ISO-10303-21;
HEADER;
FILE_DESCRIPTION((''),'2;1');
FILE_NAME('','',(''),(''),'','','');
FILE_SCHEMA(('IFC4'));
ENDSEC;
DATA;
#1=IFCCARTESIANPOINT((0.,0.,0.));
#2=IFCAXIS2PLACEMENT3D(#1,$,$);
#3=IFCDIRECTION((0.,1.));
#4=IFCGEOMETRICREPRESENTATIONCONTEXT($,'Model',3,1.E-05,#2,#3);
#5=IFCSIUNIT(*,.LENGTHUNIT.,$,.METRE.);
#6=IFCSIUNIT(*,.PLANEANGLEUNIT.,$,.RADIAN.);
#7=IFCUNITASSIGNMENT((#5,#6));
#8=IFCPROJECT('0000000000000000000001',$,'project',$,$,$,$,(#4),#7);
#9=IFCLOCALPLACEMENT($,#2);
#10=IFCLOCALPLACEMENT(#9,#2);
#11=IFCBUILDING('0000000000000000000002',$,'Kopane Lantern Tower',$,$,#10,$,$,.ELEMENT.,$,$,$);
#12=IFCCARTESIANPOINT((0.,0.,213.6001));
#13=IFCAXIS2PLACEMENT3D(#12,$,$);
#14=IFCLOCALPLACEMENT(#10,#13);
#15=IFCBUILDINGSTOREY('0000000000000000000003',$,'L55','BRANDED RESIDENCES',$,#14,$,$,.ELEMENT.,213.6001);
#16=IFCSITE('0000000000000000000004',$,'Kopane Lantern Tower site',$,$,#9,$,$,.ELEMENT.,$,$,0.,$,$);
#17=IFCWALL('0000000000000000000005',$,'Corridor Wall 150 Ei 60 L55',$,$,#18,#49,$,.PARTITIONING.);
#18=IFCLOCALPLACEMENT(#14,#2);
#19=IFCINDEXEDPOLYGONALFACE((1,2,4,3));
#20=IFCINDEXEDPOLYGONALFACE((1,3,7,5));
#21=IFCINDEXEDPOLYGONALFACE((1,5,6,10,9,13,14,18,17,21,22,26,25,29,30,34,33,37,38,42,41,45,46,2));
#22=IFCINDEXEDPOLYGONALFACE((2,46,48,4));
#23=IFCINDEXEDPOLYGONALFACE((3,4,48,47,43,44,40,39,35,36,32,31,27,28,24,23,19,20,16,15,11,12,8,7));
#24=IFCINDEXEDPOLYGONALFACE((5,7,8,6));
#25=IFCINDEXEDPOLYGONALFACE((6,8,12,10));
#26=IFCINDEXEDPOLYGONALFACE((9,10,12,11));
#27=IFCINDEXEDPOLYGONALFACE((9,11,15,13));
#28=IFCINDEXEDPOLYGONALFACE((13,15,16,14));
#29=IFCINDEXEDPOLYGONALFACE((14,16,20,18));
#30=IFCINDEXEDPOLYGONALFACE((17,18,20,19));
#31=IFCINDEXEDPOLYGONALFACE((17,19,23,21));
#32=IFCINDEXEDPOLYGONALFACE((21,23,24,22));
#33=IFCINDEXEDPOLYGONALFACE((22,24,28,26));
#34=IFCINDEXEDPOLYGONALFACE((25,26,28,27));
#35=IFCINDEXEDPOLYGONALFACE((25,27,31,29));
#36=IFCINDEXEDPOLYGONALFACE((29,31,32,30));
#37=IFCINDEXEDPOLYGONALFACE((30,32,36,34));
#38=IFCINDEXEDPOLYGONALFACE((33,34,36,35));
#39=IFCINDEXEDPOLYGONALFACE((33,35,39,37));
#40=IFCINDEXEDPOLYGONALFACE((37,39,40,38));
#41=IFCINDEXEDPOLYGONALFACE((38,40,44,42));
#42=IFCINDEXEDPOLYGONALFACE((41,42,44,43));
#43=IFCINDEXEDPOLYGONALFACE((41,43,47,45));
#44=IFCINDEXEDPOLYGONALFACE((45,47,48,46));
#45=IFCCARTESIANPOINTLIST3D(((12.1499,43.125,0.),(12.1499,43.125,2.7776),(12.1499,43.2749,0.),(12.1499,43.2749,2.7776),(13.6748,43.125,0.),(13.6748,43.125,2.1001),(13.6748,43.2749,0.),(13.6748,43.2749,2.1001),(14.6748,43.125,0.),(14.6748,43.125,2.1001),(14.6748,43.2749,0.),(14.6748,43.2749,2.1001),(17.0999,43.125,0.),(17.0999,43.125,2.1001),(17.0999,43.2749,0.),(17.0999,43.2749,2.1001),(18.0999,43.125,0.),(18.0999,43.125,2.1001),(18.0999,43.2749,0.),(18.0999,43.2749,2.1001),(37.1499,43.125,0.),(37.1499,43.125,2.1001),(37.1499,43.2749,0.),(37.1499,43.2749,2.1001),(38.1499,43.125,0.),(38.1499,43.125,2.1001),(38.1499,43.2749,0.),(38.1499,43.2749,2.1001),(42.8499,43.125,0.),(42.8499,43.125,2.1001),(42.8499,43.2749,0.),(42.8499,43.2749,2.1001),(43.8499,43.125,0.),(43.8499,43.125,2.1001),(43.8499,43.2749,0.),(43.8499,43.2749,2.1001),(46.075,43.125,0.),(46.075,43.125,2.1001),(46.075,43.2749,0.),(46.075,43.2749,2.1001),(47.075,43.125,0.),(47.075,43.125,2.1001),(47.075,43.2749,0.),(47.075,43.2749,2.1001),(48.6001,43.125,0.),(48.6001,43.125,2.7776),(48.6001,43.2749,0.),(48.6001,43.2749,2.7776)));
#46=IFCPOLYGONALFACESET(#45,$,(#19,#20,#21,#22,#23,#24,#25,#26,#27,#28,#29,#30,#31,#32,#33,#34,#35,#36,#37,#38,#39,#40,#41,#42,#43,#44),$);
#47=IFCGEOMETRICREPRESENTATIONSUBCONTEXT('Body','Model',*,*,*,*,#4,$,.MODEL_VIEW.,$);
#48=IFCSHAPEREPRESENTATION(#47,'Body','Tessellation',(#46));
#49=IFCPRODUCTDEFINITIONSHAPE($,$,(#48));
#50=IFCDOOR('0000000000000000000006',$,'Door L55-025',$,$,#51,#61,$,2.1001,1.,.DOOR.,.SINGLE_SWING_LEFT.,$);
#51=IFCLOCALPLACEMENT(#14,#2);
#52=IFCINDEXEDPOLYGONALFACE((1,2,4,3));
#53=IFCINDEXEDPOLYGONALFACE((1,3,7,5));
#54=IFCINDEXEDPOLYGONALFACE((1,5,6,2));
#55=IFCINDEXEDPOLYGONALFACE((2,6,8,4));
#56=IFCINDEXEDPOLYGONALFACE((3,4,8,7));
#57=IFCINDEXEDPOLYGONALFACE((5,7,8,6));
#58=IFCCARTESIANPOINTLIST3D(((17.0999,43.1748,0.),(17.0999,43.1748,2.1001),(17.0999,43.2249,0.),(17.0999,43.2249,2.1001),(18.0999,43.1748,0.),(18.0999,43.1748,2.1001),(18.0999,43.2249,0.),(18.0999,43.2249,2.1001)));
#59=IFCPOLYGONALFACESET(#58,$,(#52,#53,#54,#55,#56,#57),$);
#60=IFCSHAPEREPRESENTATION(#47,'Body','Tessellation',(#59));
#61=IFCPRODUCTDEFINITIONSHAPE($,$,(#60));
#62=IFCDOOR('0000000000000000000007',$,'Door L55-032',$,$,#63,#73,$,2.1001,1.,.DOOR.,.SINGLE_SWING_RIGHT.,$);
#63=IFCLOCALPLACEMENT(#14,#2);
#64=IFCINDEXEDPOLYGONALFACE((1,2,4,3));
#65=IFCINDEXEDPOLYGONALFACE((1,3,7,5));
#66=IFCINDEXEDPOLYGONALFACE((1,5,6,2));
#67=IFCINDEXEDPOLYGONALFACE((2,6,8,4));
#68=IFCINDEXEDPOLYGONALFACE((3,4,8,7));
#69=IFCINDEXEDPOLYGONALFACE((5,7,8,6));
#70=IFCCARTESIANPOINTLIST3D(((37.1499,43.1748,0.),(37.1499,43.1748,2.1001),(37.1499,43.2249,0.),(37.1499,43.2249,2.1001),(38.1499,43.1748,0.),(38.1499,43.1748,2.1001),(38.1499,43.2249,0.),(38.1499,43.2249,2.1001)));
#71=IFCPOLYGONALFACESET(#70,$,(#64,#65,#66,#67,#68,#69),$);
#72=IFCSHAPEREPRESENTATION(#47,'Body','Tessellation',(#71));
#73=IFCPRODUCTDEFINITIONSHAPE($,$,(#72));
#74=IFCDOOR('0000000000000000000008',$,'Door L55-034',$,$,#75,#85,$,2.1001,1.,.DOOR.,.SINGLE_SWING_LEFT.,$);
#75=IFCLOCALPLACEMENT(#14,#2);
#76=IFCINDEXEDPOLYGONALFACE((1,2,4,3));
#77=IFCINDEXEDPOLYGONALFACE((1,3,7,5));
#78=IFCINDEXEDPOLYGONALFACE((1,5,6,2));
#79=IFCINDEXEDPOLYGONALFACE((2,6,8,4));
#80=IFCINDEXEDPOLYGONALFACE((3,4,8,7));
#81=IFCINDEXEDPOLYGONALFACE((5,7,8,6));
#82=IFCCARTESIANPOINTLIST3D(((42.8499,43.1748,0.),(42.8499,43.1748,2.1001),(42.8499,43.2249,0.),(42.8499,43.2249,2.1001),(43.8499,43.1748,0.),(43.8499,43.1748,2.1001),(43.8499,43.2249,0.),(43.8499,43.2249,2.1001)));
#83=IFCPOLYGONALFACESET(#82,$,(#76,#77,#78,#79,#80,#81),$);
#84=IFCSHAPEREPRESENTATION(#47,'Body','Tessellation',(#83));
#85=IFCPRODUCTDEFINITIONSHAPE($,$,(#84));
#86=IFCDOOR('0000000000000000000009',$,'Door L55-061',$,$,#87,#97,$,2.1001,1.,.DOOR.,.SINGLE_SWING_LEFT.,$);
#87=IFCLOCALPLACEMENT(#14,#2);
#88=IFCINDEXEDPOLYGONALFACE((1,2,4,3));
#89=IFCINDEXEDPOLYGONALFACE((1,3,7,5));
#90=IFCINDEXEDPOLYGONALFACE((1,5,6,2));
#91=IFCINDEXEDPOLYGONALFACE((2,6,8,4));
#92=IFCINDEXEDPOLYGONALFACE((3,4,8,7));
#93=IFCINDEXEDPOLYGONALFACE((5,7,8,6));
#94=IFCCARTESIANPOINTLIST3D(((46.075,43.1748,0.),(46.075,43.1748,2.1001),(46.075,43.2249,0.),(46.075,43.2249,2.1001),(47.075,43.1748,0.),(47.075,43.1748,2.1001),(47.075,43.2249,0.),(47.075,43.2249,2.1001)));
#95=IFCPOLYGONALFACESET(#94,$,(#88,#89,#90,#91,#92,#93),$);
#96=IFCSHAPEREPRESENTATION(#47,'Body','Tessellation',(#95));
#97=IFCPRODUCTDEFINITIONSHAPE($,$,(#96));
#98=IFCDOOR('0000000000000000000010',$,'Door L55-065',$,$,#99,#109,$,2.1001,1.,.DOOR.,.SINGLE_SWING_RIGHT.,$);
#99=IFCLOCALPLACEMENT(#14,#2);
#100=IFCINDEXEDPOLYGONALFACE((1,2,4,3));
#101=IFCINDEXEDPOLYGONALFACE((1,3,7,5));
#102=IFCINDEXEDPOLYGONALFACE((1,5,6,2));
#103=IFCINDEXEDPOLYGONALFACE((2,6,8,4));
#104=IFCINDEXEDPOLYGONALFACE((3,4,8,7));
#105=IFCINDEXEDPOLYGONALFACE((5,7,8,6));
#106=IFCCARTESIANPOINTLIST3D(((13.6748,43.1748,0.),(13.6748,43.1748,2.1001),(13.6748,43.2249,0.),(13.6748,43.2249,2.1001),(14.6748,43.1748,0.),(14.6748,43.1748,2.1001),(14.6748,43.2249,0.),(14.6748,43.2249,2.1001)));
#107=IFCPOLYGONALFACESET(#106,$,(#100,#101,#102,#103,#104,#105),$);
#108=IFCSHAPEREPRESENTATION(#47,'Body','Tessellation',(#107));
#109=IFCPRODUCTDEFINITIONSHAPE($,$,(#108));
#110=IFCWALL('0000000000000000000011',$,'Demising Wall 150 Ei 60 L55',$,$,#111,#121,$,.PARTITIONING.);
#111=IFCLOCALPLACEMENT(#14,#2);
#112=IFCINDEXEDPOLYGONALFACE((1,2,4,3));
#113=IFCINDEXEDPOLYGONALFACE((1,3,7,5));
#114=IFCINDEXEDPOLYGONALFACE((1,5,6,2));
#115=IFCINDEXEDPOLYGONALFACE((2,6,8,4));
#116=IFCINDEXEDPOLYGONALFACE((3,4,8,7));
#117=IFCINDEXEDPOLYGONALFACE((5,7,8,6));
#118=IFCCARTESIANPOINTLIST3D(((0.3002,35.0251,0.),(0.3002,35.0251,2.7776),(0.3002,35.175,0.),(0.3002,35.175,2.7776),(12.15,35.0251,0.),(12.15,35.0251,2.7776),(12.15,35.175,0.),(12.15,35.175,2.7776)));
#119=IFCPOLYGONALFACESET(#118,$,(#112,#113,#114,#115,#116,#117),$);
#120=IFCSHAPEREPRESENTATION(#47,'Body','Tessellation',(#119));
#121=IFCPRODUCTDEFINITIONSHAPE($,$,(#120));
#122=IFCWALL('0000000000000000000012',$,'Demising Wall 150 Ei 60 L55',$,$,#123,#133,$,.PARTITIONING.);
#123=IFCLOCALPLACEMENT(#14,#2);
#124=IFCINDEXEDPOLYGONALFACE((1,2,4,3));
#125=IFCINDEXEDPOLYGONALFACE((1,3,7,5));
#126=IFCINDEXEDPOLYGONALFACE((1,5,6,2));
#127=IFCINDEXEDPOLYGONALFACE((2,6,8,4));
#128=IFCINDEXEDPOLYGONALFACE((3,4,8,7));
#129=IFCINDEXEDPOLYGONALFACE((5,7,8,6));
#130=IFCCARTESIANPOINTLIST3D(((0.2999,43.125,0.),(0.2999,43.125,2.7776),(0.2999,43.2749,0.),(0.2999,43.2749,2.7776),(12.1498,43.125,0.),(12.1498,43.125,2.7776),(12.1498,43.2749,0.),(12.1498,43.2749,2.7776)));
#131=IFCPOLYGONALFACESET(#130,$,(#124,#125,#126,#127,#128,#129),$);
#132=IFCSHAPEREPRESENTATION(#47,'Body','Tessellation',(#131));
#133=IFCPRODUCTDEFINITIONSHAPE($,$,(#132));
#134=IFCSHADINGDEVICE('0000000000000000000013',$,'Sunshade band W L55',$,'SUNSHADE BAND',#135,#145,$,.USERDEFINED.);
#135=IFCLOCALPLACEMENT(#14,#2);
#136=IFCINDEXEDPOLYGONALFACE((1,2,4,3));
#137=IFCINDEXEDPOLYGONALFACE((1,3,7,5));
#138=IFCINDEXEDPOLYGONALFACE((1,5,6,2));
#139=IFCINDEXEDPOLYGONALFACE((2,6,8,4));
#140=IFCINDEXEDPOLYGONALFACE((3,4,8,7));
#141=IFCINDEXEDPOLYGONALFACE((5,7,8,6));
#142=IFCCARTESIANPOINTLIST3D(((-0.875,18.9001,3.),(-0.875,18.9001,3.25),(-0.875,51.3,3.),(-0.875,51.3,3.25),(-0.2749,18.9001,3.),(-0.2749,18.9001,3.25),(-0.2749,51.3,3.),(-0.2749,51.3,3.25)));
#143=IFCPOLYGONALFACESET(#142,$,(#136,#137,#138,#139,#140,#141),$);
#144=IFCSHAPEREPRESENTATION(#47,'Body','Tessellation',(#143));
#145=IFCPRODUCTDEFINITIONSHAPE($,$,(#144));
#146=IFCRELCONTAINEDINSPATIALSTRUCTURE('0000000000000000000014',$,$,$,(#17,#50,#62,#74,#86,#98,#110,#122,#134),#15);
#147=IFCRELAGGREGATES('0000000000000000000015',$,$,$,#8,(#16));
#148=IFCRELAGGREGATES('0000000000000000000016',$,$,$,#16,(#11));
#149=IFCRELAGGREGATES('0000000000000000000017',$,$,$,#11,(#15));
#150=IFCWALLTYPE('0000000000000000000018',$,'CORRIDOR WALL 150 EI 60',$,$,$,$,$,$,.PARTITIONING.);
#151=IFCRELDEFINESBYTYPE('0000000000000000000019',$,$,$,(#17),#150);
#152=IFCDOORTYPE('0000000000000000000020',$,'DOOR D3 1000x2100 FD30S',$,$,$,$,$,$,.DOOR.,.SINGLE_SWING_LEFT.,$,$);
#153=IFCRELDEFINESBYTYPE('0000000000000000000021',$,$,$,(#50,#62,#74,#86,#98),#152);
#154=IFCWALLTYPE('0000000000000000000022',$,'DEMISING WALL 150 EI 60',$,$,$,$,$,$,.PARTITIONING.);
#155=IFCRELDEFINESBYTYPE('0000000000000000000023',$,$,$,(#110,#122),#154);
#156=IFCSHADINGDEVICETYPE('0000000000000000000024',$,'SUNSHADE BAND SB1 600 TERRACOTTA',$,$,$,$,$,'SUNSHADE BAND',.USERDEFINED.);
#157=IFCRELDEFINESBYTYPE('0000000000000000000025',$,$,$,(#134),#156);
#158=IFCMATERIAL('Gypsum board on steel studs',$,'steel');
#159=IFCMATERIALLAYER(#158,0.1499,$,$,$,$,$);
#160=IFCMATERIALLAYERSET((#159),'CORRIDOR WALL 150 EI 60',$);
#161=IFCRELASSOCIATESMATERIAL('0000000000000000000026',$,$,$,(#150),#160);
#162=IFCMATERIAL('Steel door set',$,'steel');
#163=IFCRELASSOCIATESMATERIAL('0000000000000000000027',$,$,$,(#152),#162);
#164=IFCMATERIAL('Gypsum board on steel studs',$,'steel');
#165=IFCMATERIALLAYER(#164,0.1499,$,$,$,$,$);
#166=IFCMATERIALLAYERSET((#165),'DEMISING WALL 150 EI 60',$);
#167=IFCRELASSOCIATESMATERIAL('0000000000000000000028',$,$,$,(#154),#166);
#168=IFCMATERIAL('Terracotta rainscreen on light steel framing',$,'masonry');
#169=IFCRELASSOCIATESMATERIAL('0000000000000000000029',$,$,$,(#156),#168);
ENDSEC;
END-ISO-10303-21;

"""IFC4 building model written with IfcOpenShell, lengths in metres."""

from ifc_helpers import new_model, si_unit, direction, frame, frame_2d, origin, origin_2d, place, context, subcontext, project, spatial, rectangle, extrude, material, layer, layer_set, type_object, element, fill, save


model = new_model("IFC4")

# Units and contexts
model_context = context("Model", 3, precision=1e-05, world=origin(), true_north=direction((0.0, 1.0)))
body_context = subcontext(model_context, "Body", "Model", "MODEL_VIEW")
ifc_project = project(units=[si_unit("LENGTHUNIT", "METRE"), si_unit("PLANEANGLEUNIT", "RADIAN")], contexts=[model_context])

# Site, building, storey
site_placement = place(None, origin())
site = spatial("IfcSite", under=ifc_project, at=site_placement, Name="Kopane Lantern Tower site", CompositionType="ELEMENT", RefElevation=0.0)
building_placement = place(site_placement, origin())
building = spatial("IfcBuilding", under=site, at=building_placement, Name="Kopane Lantern Tower", CompositionType="ELEMENT")
storey_placement = place(building_placement, frame((0.0, 0.0, 213.6001)))
storey = spatial("IfcBuildingStorey", under=building, at=storey_placement, Name="L55", Description="BRANDED RESIDENCES", CompositionType="ELEMENT", Elevation=213.6001)

# Wall, openings, doors
ifc_material_1 = material(Name="Gypsum board on steel studs", Category="steel")
ifc_layer_1 = layer(ifc_material_1, 0.1499)
ifc_layer_set_1 = layer_set([ifc_layer_1], Name="CORRIDOR WALL 150 EI 60")
wall_type_1 = type_object("IfcWallType", Name="CORRIDOR WALL 150 EI 60", PredefinedType="PARTITIONING", material=ifc_layer_set_1)
wall_1_placement = place(storey_placement, frame((12.1499, 43.2, 0.0), z_axis=(0.0, 0.0, 1.0), x_axis=(1.0, 0.0, 0.0)))
wall_1 = element("IfcWall", 1, at=wall_1_placement, inside=storey, type_object=wall_type_1, Name="Corridor Wall 150 Ei 60 L55", PredefinedType="PARTITIONING", context=body_context, shape_type="SweptSolid", body=[
    extrude(rectangle(XDim=36.4502, YDim=0.1499, at=frame_2d((18.2251, 0.0))), origin(), (0.0, 0.0, 1.0), 2.7776),
])
opening_1_placement = place(wall_1_placement, frame((4.95, 0.0, 0.0)))
opening_1 = element("IfcOpeningElement", 2, at=opening_1_placement, cuts=wall_1, PredefinedType="OPENING", context=body_context, shape_type="SweptSolid", body=[
    extrude(rectangle(XDim=1.0, YDim=2.1001, at=frame_2d((0.5, 1.05))), frame((0.0, 0.085, 0.0), z_axis=(0.0, -1.0, 0.0), x_axis=(1.0, 0.0, 0.0)), (0.0, 0.0, 1.0), 0.1699),
])
opening_2_placement = place(wall_1_placement, frame((25.0, 0.0, 0.0)))
opening_2 = element("IfcOpeningElement", 3, at=opening_2_placement, cuts=wall_1, PredefinedType="OPENING", context=body_context, shape_type="SweptSolid", body=[
    extrude(rectangle(XDim=1.0, YDim=2.1001, at=frame_2d((0.5, 1.05))), frame((0.0, 0.085, 0.0), z_axis=(0.0, -1.0, 0.0), x_axis=(1.0, 0.0, 0.0)), (0.0, 0.0, 1.0), 0.1699),
])
opening_3_placement = place(wall_1_placement, frame((30.7, 0.0, 0.0)))
opening_3 = element("IfcOpeningElement", 4, at=opening_3_placement, cuts=wall_1, PredefinedType="OPENING", context=body_context, shape_type="SweptSolid", body=[
    extrude(rectangle(XDim=1.0, YDim=2.1001, at=frame_2d((0.5, 1.05))), frame((0.0, 0.085, 0.0), z_axis=(0.0, -1.0, 0.0), x_axis=(1.0, 0.0, 0.0)), (0.0, 0.0, 1.0), 0.1699),
])
opening_4_placement = place(wall_1_placement, frame((33.925, 0.0, 0.0)))
opening_4 = element("IfcOpeningElement", 5, at=opening_4_placement, cuts=wall_1, PredefinedType="OPENING", context=body_context, shape_type="SweptSolid", body=[
    extrude(rectangle(XDim=1.0, YDim=2.1001, at=frame_2d((0.5, 1.05))), frame((0.0, 0.085, 0.0), z_axis=(0.0, -1.0, 0.0), x_axis=(1.0, 0.0, 0.0)), (0.0, 0.0, 1.0), 0.1699),
])
opening_5_placement = place(wall_1_placement, frame((1.5249, 0.0, 0.0)))
opening_5 = element("IfcOpeningElement", 6, at=opening_5_placement, cuts=wall_1, PredefinedType="OPENING", context=body_context, shape_type="SweptSolid", body=[
    extrude(rectangle(XDim=1.0, YDim=2.1001, at=frame_2d((0.5, 1.05))), frame((0.0, 0.085, 0.0), z_axis=(0.0, -1.0, 0.0), x_axis=(1.0, 0.0, 0.0)), (0.0, 0.0, 1.0), 0.1699),
])
ifc_material_2 = material(Name="Steel door set", Category="steel")
door_type_1 = type_object("IfcDoorType", Name="DOOR D3 1000x2100 FD30S", OperationType="SINGLE_SWING_LEFT", PredefinedType="DOOR", material=ifc_material_2)
door_1_placement = place(opening_1_placement, origin())
door_1 = element("IfcDoor", 7, at=door_1_placement, inside=storey, type_object=door_type_1, Name="Door L55-025", OperationType="SINGLE_SWING_LEFT", OverallHeight=2.1001, OverallWidth=1.0, PredefinedType="DOOR", context=body_context, shape_type="SweptSolid", body=[
    extrude(rectangle(XDim=1.0, YDim=2.1001, at=frame_2d((0.5, 1.05))), frame((0.0, 0.0249, 0.0), z_axis=(0.0, -1.0, 0.0), x_axis=(1.0, 0.0, 0.0)), (0.0, 0.0, 1.0), 0.05),
])
fill(opening_1, door_1)
door_2_placement = place(opening_2_placement, origin())
door_2 = element("IfcDoor", 8, at=door_2_placement, inside=storey, type_object=door_type_1, Name="Door L55-032", OperationType="SINGLE_SWING_RIGHT", OverallHeight=2.1001, OverallWidth=1.0, PredefinedType="DOOR", context=body_context, shape_type="SweptSolid", body=[
    extrude(rectangle(XDim=1.0, YDim=2.1001, at=frame_2d((0.5, 1.05))), frame((0.0, 0.0249, 0.0), z_axis=(0.0, -1.0, 0.0), x_axis=(1.0, 0.0, 0.0)), (0.0, 0.0, 1.0), 0.05),
])
fill(opening_2, door_2)
door_3_placement = place(opening_3_placement, origin())
door_3 = element("IfcDoor", 9, at=door_3_placement, inside=storey, type_object=door_type_1, Name="Door L55-034", OperationType="SINGLE_SWING_LEFT", OverallHeight=2.1001, OverallWidth=1.0, PredefinedType="DOOR", context=body_context, shape_type="SweptSolid", body=[
    extrude(rectangle(XDim=1.0, YDim=2.1001, at=frame_2d((0.5, 1.05))), frame((0.0, 0.0249, 0.0), z_axis=(0.0, -1.0, 0.0), x_axis=(1.0, 0.0, 0.0)), (0.0, 0.0, 1.0), 0.05),
])
fill(opening_3, door_3)
door_4_placement = place(opening_4_placement, origin())
door_4 = element("IfcDoor", 10, at=door_4_placement, inside=storey, type_object=door_type_1, Name="Door L55-061", OperationType="SINGLE_SWING_LEFT", OverallHeight=2.1001, OverallWidth=1.0, PredefinedType="DOOR", context=body_context, shape_type="SweptSolid", body=[
    extrude(rectangle(XDim=1.0, YDim=2.1001, at=frame_2d((0.5, 1.05))), frame((0.0, 0.0249, 0.0), z_axis=(0.0, -1.0, 0.0), x_axis=(1.0, 0.0, 0.0)), (0.0, 0.0, 1.0), 0.05),
])
fill(opening_4, door_4)
door_5_placement = place(opening_5_placement, origin())
door_5 = element("IfcDoor", 11, at=door_5_placement, inside=storey, type_object=door_type_1, Name="Door L55-065", OperationType="SINGLE_SWING_RIGHT", OverallHeight=2.1001, OverallWidth=1.0, PredefinedType="DOOR", context=body_context, shape_type="SweptSolid", body=[
    extrude(rectangle(XDim=1.0, YDim=2.1001, at=frame_2d((0.5, 1.05))), frame((0.0, 0.0249, 0.0), z_axis=(0.0, -1.0, 0.0), x_axis=(1.0, 0.0, 0.0)), (0.0, 0.0, 1.0), 0.05),
])
fill(opening_5, door_5)

# Walls
ifc_material_3 = material(Name="Gypsum board on steel studs", Category="steel")
ifc_layer_2 = layer(ifc_material_3, 0.1499)
ifc_layer_set_2 = layer_set([ifc_layer_2], Name="DEMISING WALL 150 EI 60")
wall_type_2 = type_object("IfcWallType", Name="DEMISING WALL 150 EI 60", PredefinedType="PARTITIONING", material=ifc_layer_set_2)
for number, where, z_axis, x_axis, name in (
    (12, (12.1499, 35.1001, 0.0), (0.0, 0.0, 1.0), (-1.0, 0.0, 0.0), "Demising Wall 150 Ei 60 L55"),
    (13, (0.3, 43.2, 0.0), (0.0, 0.0, 1.0), (1.0, 0.0, 0.0), "Demising Wall 150 Ei 60 L55"),
):
    element("IfcWall", number, at=place(storey_placement, frame(where, z_axis=z_axis, x_axis=x_axis)), inside=storey, type_object=wall_type_2, Name=name, PredefinedType="PARTITIONING", context=body_context, shape_type="SweptSolid", body=[
        extrude(rectangle(XDim=11.8499, YDim=0.1499, at=frame_2d((5.9248, 0.0))), origin(), (0.0, 0.0, 1.0), 2.7776),
    ])

# Shading device
ifc_material_4 = material(Name="Terracotta rainscreen on light steel framing", Category="masonry")
shading_device_type = type_object("IfcShadingDeviceType", Name="SUNSHADE BAND SB1 600 TERRACOTTA", ElementType="SUNSHADE BAND", PredefinedType="USERDEFINED", material=ifc_material_4)
shading_device_placement = place(storey_placement, frame((-0.575, 35.1001, 3.0), z_axis=(0.0, 0.0, 1.0), x_axis=(0.0, -1.0, 0.0)))
element("IfcShadingDevice", 14, at=shading_device_placement, inside=storey, type_object=shading_device_type, Name="Sunshade band W L55", ObjectType="SUNSHADE BAND", PredefinedType="USERDEFINED", context=body_context, shape_type="SweptSolid", body=[
    extrude(rectangle(XDim=32.3999, YDim=0.6001, at=origin_2d()), origin(), (0.0, 0.0, 1.0), 0.25),
])

save(model, "model.ifc")
